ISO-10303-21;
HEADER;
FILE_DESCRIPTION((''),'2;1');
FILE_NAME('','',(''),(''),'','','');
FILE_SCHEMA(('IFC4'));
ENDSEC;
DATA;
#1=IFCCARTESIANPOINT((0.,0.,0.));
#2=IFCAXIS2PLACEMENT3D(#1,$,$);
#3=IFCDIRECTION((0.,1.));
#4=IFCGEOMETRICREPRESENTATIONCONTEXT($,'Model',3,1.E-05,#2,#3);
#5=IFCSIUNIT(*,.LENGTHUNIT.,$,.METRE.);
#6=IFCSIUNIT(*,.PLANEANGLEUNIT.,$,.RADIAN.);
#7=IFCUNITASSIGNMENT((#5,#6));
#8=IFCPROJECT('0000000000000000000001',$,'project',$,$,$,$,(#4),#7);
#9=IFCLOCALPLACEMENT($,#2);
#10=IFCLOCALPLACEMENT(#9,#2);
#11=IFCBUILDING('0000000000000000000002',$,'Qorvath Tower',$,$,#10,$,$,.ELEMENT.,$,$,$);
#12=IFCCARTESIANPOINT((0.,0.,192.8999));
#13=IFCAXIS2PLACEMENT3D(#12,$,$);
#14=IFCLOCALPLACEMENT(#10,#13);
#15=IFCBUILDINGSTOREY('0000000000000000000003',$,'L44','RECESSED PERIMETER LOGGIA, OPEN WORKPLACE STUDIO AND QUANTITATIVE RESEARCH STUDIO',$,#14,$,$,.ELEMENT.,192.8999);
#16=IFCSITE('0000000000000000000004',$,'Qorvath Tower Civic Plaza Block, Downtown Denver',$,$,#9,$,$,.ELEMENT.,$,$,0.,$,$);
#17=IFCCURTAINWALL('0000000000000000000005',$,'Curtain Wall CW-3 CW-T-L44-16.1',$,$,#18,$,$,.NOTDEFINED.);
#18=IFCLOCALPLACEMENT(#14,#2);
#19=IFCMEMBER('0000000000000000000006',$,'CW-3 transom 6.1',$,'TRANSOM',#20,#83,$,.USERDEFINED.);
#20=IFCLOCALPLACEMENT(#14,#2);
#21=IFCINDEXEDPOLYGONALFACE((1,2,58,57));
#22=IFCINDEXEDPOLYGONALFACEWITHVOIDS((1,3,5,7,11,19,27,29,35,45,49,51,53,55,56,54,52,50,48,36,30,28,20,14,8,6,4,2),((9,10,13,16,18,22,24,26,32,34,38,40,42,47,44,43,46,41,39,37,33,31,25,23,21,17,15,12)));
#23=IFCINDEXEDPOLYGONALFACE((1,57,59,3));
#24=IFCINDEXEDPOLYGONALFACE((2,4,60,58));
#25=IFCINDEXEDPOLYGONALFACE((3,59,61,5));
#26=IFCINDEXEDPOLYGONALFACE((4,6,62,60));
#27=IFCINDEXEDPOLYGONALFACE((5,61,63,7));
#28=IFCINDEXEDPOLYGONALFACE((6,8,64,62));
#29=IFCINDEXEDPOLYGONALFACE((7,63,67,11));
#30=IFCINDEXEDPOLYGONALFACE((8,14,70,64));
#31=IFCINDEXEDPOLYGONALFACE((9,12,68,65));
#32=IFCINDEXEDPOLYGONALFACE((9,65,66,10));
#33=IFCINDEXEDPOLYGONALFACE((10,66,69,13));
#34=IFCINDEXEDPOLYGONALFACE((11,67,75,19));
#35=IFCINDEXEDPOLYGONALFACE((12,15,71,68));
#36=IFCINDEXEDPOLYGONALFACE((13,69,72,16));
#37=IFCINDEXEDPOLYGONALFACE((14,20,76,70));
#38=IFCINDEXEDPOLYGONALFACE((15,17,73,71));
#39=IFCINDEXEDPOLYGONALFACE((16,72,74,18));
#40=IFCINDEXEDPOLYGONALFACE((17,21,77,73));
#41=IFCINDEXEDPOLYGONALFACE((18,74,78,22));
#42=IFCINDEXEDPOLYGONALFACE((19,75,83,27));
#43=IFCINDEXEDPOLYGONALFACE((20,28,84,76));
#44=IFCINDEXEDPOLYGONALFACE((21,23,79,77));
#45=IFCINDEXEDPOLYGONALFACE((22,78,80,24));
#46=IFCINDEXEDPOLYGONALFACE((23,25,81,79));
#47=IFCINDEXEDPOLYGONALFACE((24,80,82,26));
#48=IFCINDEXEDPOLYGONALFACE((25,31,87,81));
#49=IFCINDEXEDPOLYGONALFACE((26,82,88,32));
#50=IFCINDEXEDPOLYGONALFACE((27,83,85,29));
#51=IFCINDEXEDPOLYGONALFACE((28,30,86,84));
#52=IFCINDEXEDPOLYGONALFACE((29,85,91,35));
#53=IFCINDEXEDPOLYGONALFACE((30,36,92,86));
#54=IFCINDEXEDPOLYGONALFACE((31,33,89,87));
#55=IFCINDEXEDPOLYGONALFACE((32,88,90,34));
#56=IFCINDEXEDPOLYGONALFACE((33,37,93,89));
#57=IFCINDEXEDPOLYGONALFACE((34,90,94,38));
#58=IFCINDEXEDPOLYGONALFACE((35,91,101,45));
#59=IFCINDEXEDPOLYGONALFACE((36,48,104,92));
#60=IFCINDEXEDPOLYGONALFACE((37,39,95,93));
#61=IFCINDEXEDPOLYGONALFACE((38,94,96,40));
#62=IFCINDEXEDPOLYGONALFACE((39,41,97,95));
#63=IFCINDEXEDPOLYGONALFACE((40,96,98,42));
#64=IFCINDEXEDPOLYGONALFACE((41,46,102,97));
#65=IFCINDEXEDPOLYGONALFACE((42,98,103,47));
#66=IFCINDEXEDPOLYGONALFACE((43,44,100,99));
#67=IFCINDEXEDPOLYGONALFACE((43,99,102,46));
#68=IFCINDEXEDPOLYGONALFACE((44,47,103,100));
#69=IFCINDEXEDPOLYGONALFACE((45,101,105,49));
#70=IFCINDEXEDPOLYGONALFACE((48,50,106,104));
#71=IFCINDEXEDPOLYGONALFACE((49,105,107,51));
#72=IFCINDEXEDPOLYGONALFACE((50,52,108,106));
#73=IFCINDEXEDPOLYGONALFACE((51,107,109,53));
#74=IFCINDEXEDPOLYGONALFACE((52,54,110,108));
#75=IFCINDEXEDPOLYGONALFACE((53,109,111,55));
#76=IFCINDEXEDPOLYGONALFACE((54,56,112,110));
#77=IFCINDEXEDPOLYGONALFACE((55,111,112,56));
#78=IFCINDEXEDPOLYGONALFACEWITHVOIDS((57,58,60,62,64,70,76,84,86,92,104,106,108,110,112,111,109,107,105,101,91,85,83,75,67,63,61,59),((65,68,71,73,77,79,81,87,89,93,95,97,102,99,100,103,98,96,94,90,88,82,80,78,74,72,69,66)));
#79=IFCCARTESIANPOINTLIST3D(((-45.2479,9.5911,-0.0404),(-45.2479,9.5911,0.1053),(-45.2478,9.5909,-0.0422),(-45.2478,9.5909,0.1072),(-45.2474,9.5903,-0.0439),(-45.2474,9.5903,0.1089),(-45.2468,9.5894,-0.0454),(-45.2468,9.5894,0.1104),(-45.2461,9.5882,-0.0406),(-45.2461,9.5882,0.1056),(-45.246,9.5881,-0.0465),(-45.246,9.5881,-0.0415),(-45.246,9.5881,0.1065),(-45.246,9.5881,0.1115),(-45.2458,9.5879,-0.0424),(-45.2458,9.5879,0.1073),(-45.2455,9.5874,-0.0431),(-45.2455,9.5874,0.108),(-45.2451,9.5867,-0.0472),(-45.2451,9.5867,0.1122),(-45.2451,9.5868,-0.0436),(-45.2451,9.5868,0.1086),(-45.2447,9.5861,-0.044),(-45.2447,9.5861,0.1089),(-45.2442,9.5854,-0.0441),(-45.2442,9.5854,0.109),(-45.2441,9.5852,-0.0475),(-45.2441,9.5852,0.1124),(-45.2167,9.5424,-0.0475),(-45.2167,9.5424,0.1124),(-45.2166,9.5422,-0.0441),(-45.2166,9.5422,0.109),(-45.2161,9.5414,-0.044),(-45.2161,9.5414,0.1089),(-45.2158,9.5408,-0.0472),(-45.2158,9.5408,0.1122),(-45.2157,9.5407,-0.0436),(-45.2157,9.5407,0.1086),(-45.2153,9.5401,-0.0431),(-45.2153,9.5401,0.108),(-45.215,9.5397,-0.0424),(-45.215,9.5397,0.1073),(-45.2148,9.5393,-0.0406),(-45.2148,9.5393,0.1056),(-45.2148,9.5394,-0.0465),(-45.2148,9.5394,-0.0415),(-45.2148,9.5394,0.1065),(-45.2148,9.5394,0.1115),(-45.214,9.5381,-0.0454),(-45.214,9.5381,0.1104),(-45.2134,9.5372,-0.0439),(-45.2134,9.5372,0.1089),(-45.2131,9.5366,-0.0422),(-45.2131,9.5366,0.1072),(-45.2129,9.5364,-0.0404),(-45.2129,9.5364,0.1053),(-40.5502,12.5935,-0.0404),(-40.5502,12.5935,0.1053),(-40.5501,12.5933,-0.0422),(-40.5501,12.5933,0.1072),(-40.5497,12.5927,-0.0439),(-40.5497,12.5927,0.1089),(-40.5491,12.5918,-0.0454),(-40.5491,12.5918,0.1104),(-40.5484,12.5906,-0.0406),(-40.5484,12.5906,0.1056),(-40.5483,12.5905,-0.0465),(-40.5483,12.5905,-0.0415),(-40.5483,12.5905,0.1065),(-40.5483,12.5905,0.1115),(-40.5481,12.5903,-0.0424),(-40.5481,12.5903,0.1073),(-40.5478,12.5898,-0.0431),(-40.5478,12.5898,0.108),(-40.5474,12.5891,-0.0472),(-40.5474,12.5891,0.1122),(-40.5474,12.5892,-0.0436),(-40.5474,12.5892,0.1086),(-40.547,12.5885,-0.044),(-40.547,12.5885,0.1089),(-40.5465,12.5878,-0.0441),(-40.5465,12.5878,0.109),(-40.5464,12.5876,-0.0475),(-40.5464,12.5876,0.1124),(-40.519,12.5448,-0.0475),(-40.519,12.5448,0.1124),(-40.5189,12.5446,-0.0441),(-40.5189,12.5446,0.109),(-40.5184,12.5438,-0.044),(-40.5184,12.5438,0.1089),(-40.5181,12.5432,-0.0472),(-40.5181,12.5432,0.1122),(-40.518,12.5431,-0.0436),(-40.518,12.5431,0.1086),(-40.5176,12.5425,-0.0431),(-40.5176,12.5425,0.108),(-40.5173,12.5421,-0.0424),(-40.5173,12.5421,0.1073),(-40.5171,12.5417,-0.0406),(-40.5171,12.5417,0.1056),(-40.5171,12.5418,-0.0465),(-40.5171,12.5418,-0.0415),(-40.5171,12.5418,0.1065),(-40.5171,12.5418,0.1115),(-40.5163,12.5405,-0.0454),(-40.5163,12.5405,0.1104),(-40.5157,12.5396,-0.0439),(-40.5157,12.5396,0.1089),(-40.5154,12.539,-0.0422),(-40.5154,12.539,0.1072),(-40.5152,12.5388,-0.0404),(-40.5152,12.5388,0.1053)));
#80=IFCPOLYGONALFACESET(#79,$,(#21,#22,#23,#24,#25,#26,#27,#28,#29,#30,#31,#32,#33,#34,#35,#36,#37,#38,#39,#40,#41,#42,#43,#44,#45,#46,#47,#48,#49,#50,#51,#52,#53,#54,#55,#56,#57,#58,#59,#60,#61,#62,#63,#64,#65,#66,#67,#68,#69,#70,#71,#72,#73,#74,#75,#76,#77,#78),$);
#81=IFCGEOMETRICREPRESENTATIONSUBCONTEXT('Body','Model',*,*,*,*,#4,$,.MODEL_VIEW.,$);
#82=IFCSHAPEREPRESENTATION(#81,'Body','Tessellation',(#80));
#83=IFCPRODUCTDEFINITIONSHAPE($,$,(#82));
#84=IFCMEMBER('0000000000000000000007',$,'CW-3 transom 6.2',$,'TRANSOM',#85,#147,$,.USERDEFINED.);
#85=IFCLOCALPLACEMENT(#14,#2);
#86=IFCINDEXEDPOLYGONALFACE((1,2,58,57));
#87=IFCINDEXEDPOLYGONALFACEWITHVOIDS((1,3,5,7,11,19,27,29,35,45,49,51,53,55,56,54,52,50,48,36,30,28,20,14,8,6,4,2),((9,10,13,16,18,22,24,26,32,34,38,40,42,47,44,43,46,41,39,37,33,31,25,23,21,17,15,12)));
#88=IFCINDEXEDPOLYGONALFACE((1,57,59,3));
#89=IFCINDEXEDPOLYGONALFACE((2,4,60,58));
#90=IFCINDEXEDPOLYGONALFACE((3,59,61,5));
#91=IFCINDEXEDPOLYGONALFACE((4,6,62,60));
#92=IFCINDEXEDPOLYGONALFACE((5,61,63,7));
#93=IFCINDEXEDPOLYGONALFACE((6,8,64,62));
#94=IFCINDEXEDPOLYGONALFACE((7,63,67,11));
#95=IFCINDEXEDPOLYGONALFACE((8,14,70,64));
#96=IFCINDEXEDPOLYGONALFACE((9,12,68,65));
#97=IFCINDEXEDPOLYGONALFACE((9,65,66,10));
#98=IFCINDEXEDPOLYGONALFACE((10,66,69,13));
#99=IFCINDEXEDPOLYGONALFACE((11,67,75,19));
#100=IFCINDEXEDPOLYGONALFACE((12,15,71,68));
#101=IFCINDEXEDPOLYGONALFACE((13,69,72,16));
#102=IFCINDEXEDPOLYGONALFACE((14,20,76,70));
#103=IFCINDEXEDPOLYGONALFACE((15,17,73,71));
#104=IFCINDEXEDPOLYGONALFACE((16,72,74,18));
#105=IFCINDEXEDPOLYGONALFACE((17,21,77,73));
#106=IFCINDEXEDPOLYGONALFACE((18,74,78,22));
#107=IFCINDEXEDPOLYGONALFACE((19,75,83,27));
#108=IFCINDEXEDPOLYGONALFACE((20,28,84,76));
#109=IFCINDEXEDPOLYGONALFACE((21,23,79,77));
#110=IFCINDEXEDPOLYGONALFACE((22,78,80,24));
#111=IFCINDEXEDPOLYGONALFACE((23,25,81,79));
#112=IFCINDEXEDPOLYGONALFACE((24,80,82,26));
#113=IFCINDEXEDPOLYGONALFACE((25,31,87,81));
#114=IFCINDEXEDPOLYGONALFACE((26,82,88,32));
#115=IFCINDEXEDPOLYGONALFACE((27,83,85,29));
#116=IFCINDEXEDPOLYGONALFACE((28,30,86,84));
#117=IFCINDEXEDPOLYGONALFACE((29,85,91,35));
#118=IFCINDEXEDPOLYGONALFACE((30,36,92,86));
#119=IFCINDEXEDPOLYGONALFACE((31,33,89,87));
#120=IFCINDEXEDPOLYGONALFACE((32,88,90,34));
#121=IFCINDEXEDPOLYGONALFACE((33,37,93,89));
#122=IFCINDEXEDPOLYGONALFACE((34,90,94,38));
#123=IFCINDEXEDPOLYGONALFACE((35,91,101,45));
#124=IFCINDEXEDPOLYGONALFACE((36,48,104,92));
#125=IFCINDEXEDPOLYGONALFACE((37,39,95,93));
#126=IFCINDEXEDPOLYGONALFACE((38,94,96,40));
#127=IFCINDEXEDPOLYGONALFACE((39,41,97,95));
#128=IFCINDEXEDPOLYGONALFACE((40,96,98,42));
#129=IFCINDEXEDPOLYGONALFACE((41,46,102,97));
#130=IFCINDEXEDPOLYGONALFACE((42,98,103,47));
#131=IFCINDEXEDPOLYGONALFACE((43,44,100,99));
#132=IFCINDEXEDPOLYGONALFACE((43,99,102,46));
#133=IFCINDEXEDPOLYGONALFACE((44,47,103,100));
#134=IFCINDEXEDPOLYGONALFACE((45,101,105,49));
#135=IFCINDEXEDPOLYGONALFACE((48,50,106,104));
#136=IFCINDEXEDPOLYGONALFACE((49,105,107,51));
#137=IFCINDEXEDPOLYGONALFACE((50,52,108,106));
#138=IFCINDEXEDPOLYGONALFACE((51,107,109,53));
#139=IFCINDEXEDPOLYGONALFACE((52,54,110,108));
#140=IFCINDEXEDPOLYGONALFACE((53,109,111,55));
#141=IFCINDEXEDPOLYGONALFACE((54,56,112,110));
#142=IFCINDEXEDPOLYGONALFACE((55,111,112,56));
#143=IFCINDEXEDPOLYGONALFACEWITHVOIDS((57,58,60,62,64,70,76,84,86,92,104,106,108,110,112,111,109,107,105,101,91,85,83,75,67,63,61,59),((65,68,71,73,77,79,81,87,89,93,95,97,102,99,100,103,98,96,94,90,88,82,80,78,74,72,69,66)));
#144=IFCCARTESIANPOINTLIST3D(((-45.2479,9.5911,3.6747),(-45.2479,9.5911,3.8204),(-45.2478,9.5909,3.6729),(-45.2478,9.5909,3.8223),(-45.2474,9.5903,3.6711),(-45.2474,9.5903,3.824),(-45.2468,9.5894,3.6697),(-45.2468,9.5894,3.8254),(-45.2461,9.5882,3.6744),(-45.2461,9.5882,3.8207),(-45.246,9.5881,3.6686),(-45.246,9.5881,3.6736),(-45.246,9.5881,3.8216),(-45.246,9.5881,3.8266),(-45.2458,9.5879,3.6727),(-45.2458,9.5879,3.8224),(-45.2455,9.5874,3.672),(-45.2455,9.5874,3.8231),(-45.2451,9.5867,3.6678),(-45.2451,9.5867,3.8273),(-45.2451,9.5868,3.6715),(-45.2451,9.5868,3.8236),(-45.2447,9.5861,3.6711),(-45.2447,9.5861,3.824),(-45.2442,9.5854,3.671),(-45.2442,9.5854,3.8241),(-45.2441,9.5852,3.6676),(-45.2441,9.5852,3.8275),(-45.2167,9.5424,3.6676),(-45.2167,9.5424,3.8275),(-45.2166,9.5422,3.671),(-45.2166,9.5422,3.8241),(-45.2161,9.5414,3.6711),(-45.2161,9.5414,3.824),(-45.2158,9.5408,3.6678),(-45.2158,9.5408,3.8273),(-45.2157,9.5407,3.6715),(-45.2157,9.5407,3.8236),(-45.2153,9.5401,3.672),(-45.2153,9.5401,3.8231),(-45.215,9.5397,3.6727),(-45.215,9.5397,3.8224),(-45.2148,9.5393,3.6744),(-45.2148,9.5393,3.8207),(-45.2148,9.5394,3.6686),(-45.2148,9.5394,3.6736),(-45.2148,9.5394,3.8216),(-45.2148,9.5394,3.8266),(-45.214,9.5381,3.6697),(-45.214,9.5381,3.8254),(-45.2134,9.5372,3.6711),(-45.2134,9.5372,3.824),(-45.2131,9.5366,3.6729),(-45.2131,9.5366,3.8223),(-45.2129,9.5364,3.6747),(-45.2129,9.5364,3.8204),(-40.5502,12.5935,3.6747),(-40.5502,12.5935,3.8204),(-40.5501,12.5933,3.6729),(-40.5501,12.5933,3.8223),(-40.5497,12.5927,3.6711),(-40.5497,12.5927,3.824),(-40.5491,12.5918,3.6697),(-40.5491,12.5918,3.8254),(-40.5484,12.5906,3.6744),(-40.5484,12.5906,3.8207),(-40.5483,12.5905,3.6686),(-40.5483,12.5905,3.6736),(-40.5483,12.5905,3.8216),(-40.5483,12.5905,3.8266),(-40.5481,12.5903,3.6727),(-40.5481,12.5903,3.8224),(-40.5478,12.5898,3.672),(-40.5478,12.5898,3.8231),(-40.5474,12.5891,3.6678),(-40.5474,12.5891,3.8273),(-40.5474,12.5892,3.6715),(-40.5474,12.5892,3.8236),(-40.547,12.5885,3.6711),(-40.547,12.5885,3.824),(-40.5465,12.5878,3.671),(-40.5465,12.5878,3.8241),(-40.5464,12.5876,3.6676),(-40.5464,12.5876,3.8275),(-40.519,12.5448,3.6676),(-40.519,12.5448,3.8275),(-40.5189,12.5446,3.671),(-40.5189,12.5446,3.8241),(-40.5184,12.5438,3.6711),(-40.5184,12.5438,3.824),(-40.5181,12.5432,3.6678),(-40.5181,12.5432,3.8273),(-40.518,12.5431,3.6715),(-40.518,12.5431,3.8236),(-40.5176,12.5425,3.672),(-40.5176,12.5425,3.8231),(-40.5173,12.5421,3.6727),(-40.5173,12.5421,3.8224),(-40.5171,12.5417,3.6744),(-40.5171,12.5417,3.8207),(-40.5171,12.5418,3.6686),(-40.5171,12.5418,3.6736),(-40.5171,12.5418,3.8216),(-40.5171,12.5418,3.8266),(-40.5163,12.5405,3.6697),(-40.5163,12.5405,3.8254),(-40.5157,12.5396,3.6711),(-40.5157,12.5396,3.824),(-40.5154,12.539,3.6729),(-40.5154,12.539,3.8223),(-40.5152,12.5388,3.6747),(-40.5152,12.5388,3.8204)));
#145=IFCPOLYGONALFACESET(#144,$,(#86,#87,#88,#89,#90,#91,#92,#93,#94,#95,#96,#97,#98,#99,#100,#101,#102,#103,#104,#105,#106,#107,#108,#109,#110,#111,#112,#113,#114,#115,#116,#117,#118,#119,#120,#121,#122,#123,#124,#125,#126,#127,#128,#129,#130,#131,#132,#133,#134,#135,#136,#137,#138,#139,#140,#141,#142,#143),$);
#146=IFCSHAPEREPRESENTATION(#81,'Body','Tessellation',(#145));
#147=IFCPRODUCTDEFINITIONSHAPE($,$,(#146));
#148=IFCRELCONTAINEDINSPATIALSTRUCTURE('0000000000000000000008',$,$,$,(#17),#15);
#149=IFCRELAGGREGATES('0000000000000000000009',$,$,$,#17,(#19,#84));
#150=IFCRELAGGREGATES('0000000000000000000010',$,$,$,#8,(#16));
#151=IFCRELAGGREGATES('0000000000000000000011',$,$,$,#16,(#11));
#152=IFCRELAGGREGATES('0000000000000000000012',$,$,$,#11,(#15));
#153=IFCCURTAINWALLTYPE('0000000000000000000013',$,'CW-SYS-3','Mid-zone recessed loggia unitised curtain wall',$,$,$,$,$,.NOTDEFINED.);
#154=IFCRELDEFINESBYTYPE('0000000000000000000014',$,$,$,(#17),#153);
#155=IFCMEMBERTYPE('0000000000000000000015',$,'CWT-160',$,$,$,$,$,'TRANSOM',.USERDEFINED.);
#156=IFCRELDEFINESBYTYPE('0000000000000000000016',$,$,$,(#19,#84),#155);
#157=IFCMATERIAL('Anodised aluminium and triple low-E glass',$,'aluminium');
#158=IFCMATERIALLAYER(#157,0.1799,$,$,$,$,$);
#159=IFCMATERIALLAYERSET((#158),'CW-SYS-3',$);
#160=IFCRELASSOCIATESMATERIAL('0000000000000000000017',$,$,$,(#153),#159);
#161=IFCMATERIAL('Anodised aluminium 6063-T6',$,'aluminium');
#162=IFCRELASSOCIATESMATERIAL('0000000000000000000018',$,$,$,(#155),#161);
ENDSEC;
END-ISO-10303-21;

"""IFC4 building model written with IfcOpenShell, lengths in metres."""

from ifc_helpers import new_model, si_unit, direction, frame, origin, origin_2d, place, context, subcontext, project, spatial, hollow_rectangle, extrude, material, layer, layer_set, material_profile, profile_set, type_object, element, aggregate, save


model = new_model("IFC4")

# Units and contexts
model_context = context("Model", 3, precision=1e-05, world=origin(), true_north=direction((0.0, 1.0)))
body_context = subcontext(model_context, "Body", "Model", "MODEL_VIEW")
ifc_project = project(units=[si_unit("LENGTHUNIT", "METRE"), si_unit("PLANEANGLEUNIT", "RADIAN")], contexts=[model_context])

# Site, building, storey
site_placement = place(None, origin())
site = spatial("IfcSite", under=ifc_project, at=site_placement, Name="Qorvath Tower Civic Plaza Block, Downtown Denver", CompositionType="ELEMENT", RefElevation=0.0)
building_placement = place(site_placement, origin())
building = spatial("IfcBuilding", under=site, at=building_placement, Name="Qorvath Tower", CompositionType="ELEMENT")
storey_placement = place(building_placement, frame((0.0, 0.0, 192.8999)))
storey = spatial("IfcBuildingStorey", under=building, at=storey_placement, Name="L44", Description="RECESSED PERIMETER LOGGIA, OPEN WORKPLACE STUDIO AND QUANTITATIVE RESEARCH STUDIO", CompositionType="ELEMENT", Elevation=192.8999)

# Curtain wall, members
ifc_material_1 = material(Name="Anodised aluminium and triple low-E glass", Category="aluminium")
ifc_layer_1 = layer(ifc_material_1, 0.1799)
ifc_layer_set_1 = layer_set([ifc_layer_1], Name="CW-SYS-3")
curtain_wall_type = type_object("IfcCurtainWallType", Name="CW-SYS-3", Description="Mid-zone recessed loggia unitised curtain wall", PredefinedType="NOTDEFINED", material=ifc_layer_set_1)
curtain_wall_placement = place(storey_placement, origin())
curtain_wall = element("IfcCurtainWall", 1, at=curtain_wall_placement, inside=storey, type_object=curtain_wall_type, Name="Curtain Wall CW-3 CW-T-L44-16.1", PredefinedType="NOTDEFINED")
ifc_material_2 = material(Name="Anodised aluminium 6063-T6", Category="aluminium")
ifc_material_profile_1 = material_profile(ifc_material_2, hollow_rectangle(XDim=0.0649, YDim=0.1599, WallThickness=0.0034, InnerFilletRadius=0.0034, OuterFilletRadius=0.0071, at=origin_2d()), Name="CWT 160x65")
ifc_profile_set_1 = profile_set([ifc_material_profile_1], Name="Anodised aluminium 6063-T6")
member_type_1 = type_object("IfcMemberType", Name="CWT-160", ElementType="TRANSOM", PredefinedType="USERDEFINED", material=ifc_profile_set_1)
member_1_placement = place(storey_placement, frame((-40.5327, 12.5662, 0.0325), z_axis=(-0.842607, -0.538529, 0.0), x_axis=(0.538529, -0.842607, 0.0)))
member_1 = element("IfcMember", 2, at=member_1_placement, type_object=member_type_1, Name="CW-3 transom 6.1", ObjectType="TRANSOM", PredefinedType="USERDEFINED", context=body_context, shape_type="SweptSolid", body=[
    extrude(hollow_rectangle(XDim=0.0649, YDim=0.1599, WallThickness=0.0034, InnerFilletRadius=0.0034, OuterFilletRadius=0.0071, at=origin_2d()), origin(), (0.0, 0.0, 1.0), 5.5752),
])
member_2_placement = place(storey_placement, frame((-40.5327, 12.5662, 3.7476), z_axis=(-0.842607, -0.538529, 0.0), x_axis=(0.538529, -0.842607, 0.0)))
member_2 = element("IfcMember", 3, at=member_2_placement, type_object=member_type_1, Name="CW-3 transom 6.2", ObjectType="TRANSOM", PredefinedType="USERDEFINED", context=body_context, shape_type="SweptSolid", body=[
    extrude(hollow_rectangle(XDim=0.0649, YDim=0.1599, WallThickness=0.0034, InnerFilletRadius=0.0034, OuterFilletRadius=0.0071, at=origin_2d()), origin(), (0.0, 0.0, 1.0), 5.5752),
])
aggregate(curtain_wall, [member_1, member_2])

save(model, "model.ifc")
